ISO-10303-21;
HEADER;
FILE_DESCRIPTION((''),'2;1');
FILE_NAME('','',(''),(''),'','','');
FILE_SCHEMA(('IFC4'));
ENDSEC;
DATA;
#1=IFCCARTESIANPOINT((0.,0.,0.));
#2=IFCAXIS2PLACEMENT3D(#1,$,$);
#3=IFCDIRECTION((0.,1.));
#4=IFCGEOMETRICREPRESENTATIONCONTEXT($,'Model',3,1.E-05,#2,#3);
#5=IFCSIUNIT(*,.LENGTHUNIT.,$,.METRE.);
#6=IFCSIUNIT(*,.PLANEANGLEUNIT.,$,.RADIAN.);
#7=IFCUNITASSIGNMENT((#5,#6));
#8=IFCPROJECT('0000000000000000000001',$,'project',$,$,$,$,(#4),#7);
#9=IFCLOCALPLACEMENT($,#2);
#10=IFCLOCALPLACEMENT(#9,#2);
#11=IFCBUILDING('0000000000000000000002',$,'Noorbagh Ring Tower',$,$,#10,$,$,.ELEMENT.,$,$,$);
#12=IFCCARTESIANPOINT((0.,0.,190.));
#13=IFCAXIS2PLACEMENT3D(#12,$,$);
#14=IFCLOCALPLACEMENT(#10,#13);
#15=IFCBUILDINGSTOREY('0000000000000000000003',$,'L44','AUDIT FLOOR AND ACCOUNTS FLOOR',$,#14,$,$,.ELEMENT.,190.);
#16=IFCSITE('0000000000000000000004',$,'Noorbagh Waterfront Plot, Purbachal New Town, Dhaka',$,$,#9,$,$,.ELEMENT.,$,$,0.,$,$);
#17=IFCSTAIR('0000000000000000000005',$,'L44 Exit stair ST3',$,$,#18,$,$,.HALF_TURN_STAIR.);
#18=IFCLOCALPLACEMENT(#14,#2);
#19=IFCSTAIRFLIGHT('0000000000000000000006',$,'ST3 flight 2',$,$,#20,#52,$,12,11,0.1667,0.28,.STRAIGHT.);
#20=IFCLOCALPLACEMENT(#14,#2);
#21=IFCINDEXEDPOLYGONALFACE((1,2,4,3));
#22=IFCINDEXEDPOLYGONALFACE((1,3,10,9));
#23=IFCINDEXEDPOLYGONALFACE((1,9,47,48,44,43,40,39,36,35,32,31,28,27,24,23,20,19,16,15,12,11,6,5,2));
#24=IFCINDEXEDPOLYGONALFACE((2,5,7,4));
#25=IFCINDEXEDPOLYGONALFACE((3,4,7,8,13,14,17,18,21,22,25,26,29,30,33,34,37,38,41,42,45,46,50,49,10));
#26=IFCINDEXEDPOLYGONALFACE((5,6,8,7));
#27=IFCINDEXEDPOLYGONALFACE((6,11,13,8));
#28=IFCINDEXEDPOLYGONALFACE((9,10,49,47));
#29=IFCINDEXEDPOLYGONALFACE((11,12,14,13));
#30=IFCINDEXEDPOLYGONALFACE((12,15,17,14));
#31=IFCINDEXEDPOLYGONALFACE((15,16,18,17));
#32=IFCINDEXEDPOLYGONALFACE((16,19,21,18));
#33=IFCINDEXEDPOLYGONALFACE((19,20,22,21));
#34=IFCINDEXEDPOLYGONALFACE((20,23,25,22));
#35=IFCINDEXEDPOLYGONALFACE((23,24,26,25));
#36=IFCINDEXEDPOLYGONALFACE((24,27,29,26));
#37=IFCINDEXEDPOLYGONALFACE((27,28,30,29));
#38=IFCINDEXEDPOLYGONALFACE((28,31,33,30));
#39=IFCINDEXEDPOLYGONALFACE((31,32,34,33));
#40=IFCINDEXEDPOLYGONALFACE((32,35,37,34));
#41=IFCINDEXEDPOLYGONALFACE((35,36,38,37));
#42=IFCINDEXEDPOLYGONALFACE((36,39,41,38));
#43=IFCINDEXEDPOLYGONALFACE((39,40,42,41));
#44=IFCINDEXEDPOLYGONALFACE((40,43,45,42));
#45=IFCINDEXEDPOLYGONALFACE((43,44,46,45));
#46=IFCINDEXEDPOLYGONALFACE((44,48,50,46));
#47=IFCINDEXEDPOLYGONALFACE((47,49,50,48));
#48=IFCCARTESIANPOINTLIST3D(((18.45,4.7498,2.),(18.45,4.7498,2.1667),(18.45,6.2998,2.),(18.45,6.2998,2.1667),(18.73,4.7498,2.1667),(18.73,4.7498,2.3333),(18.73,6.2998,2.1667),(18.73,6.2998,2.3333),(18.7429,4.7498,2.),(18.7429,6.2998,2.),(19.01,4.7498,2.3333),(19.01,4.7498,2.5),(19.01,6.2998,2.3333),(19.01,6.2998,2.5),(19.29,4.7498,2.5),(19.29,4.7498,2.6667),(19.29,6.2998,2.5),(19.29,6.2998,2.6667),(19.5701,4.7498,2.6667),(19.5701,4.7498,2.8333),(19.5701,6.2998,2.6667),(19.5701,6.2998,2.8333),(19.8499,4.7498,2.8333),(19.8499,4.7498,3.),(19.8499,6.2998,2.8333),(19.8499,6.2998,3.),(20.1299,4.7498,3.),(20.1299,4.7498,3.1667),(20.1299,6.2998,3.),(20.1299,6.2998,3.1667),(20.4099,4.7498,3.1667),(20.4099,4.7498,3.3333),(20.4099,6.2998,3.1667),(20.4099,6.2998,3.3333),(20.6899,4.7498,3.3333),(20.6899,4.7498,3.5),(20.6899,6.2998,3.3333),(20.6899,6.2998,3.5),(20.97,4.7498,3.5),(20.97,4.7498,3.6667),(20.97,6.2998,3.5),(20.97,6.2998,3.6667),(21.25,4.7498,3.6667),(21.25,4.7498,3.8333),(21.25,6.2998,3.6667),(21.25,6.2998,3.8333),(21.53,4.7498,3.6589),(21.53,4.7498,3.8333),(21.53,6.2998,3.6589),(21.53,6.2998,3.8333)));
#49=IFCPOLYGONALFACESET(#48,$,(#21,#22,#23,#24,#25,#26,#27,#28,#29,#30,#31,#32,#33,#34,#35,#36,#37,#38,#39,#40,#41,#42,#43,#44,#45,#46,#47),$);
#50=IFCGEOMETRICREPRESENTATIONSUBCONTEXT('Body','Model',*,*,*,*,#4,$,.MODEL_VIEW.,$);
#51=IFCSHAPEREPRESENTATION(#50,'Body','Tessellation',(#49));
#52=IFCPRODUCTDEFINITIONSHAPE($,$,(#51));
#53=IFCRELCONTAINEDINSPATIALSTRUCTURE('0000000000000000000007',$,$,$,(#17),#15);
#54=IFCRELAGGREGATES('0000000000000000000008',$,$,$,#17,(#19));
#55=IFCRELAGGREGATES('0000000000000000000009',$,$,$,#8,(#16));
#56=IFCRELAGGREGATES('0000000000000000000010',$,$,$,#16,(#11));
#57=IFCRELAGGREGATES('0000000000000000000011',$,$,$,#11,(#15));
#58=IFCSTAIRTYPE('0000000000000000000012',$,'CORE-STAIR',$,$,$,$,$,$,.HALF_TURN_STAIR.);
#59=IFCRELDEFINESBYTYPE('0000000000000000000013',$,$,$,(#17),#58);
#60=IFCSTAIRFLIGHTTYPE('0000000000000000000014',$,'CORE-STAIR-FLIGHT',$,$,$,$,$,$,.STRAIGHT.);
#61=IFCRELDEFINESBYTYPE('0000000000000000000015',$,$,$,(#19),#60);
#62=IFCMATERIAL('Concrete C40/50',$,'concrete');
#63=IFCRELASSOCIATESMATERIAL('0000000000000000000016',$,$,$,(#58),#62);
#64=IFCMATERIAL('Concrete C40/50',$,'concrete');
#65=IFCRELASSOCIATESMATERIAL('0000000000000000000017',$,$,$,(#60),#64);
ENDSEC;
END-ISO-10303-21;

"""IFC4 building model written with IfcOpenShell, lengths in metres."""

from ifc_helpers import new_model, si_unit, direction, frame, origin, place, context, subcontext, project, spatial, polyline, outline, extrude, material, type_object, element, aggregate, save


model = new_model("IFC4")

# Units and contexts
model_context = context("Model", 3, precision=1e-05, world=origin(), true_north=direction((0.0, 1.0)))
body_context = subcontext(model_context, "Body", "Model", "MODEL_VIEW")
ifc_project = project(units=[si_unit("LENGTHUNIT", "METRE"), si_unit("PLANEANGLEUNIT", "RADIAN")], contexts=[model_context])

# Site, building, storey
site_placement = place(None, origin())
site = spatial("IfcSite", under=ifc_project, at=site_placement, Name="Noorbagh Waterfront Plot, Purbachal New Town, Dhaka", CompositionType="ELEMENT", RefElevation=0.0)
building_placement = place(site_placement, origin())
building = spatial("IfcBuilding", under=site, at=building_placement, Name="Noorbagh Ring Tower", CompositionType="ELEMENT")
storey_placement = place(building_placement, frame((0.0, 0.0, 190.0)))
storey = spatial("IfcBuildingStorey", under=building, at=storey_placement, Name="L44", Description="AUDIT FLOOR AND ACCOUNTS FLOOR", CompositionType="ELEMENT", Elevation=190.0)

# Stair, stair flight
ifc_material_1 = material(Name="Concrete C40/50", Category="concrete")
stair_type = type_object("IfcStairType", Name="CORE-STAIR", PredefinedType="HALF_TURN_STAIR", material=ifc_material_1)
stair_placement = place(storey_placement, origin())
stair = element("IfcStair", 1, at=stair_placement, inside=storey, type_object=stair_type, Name="L44 Exit stair ST3", PredefinedType="HALF_TURN_STAIR")
ifc_material_2 = material(Name="Concrete C40/50", Category="concrete")
stair_flight_type = type_object("IfcStairFlightType", Name="CORE-STAIR-FLIGHT", PredefinedType="STRAIGHT", material=ifc_material_2)
stair_flight_placement = place(storey_placement, frame((18.45, 5.5249, 2.0), z_axis=(0.0, 0.0, 1.0), x_axis=(1.0, 0.0, 0.0)))
stair_flight = element("IfcStairFlight", 2, at=stair_flight_placement, type_object=stair_flight_type, Name="ST3 flight 2", NumberOfRisers=12, NumberOfTreads=11, PredefinedType="STRAIGHT", RiserHeight=0.1667, TreadLength=0.28, context=body_context, shape_type="SweptSolid", body=[
    extrude(outline(polyline([(0.0, 0.0), (0.0, 0.1667), (0.28, 0.1667), (0.28, 0.3333), (0.5601, 0.3333), (0.5601, 0.5), (0.8401, 0.5), (0.8401, 0.6667), (1.1201, 0.6667), (1.1201, 0.8333), (1.3999, 0.8333), (1.3999, 1.0), (1.6799, 1.0), (1.6799, 1.1667), (1.96, 1.1667), (1.96, 1.3333), (2.24, 1.3333), (2.24, 1.5), (2.52, 1.5), (2.52, 1.6667), (2.8, 1.6667), (2.8, 1.8333), (3.0801, 1.8333), (3.0801, 2.0), (3.0801, 1.6589), (0.293, 0.0), (0.0, 0.0)])), frame((0.0, 0.7749, 0.0), z_axis=(0.0, -1.0, 0.0), x_axis=(1.0, 0.0, 0.0)), (0.0, 0.0, 1.0), 1.55),
])
aggregate(stair, [stair_flight])

save(model, "model.ifc")
